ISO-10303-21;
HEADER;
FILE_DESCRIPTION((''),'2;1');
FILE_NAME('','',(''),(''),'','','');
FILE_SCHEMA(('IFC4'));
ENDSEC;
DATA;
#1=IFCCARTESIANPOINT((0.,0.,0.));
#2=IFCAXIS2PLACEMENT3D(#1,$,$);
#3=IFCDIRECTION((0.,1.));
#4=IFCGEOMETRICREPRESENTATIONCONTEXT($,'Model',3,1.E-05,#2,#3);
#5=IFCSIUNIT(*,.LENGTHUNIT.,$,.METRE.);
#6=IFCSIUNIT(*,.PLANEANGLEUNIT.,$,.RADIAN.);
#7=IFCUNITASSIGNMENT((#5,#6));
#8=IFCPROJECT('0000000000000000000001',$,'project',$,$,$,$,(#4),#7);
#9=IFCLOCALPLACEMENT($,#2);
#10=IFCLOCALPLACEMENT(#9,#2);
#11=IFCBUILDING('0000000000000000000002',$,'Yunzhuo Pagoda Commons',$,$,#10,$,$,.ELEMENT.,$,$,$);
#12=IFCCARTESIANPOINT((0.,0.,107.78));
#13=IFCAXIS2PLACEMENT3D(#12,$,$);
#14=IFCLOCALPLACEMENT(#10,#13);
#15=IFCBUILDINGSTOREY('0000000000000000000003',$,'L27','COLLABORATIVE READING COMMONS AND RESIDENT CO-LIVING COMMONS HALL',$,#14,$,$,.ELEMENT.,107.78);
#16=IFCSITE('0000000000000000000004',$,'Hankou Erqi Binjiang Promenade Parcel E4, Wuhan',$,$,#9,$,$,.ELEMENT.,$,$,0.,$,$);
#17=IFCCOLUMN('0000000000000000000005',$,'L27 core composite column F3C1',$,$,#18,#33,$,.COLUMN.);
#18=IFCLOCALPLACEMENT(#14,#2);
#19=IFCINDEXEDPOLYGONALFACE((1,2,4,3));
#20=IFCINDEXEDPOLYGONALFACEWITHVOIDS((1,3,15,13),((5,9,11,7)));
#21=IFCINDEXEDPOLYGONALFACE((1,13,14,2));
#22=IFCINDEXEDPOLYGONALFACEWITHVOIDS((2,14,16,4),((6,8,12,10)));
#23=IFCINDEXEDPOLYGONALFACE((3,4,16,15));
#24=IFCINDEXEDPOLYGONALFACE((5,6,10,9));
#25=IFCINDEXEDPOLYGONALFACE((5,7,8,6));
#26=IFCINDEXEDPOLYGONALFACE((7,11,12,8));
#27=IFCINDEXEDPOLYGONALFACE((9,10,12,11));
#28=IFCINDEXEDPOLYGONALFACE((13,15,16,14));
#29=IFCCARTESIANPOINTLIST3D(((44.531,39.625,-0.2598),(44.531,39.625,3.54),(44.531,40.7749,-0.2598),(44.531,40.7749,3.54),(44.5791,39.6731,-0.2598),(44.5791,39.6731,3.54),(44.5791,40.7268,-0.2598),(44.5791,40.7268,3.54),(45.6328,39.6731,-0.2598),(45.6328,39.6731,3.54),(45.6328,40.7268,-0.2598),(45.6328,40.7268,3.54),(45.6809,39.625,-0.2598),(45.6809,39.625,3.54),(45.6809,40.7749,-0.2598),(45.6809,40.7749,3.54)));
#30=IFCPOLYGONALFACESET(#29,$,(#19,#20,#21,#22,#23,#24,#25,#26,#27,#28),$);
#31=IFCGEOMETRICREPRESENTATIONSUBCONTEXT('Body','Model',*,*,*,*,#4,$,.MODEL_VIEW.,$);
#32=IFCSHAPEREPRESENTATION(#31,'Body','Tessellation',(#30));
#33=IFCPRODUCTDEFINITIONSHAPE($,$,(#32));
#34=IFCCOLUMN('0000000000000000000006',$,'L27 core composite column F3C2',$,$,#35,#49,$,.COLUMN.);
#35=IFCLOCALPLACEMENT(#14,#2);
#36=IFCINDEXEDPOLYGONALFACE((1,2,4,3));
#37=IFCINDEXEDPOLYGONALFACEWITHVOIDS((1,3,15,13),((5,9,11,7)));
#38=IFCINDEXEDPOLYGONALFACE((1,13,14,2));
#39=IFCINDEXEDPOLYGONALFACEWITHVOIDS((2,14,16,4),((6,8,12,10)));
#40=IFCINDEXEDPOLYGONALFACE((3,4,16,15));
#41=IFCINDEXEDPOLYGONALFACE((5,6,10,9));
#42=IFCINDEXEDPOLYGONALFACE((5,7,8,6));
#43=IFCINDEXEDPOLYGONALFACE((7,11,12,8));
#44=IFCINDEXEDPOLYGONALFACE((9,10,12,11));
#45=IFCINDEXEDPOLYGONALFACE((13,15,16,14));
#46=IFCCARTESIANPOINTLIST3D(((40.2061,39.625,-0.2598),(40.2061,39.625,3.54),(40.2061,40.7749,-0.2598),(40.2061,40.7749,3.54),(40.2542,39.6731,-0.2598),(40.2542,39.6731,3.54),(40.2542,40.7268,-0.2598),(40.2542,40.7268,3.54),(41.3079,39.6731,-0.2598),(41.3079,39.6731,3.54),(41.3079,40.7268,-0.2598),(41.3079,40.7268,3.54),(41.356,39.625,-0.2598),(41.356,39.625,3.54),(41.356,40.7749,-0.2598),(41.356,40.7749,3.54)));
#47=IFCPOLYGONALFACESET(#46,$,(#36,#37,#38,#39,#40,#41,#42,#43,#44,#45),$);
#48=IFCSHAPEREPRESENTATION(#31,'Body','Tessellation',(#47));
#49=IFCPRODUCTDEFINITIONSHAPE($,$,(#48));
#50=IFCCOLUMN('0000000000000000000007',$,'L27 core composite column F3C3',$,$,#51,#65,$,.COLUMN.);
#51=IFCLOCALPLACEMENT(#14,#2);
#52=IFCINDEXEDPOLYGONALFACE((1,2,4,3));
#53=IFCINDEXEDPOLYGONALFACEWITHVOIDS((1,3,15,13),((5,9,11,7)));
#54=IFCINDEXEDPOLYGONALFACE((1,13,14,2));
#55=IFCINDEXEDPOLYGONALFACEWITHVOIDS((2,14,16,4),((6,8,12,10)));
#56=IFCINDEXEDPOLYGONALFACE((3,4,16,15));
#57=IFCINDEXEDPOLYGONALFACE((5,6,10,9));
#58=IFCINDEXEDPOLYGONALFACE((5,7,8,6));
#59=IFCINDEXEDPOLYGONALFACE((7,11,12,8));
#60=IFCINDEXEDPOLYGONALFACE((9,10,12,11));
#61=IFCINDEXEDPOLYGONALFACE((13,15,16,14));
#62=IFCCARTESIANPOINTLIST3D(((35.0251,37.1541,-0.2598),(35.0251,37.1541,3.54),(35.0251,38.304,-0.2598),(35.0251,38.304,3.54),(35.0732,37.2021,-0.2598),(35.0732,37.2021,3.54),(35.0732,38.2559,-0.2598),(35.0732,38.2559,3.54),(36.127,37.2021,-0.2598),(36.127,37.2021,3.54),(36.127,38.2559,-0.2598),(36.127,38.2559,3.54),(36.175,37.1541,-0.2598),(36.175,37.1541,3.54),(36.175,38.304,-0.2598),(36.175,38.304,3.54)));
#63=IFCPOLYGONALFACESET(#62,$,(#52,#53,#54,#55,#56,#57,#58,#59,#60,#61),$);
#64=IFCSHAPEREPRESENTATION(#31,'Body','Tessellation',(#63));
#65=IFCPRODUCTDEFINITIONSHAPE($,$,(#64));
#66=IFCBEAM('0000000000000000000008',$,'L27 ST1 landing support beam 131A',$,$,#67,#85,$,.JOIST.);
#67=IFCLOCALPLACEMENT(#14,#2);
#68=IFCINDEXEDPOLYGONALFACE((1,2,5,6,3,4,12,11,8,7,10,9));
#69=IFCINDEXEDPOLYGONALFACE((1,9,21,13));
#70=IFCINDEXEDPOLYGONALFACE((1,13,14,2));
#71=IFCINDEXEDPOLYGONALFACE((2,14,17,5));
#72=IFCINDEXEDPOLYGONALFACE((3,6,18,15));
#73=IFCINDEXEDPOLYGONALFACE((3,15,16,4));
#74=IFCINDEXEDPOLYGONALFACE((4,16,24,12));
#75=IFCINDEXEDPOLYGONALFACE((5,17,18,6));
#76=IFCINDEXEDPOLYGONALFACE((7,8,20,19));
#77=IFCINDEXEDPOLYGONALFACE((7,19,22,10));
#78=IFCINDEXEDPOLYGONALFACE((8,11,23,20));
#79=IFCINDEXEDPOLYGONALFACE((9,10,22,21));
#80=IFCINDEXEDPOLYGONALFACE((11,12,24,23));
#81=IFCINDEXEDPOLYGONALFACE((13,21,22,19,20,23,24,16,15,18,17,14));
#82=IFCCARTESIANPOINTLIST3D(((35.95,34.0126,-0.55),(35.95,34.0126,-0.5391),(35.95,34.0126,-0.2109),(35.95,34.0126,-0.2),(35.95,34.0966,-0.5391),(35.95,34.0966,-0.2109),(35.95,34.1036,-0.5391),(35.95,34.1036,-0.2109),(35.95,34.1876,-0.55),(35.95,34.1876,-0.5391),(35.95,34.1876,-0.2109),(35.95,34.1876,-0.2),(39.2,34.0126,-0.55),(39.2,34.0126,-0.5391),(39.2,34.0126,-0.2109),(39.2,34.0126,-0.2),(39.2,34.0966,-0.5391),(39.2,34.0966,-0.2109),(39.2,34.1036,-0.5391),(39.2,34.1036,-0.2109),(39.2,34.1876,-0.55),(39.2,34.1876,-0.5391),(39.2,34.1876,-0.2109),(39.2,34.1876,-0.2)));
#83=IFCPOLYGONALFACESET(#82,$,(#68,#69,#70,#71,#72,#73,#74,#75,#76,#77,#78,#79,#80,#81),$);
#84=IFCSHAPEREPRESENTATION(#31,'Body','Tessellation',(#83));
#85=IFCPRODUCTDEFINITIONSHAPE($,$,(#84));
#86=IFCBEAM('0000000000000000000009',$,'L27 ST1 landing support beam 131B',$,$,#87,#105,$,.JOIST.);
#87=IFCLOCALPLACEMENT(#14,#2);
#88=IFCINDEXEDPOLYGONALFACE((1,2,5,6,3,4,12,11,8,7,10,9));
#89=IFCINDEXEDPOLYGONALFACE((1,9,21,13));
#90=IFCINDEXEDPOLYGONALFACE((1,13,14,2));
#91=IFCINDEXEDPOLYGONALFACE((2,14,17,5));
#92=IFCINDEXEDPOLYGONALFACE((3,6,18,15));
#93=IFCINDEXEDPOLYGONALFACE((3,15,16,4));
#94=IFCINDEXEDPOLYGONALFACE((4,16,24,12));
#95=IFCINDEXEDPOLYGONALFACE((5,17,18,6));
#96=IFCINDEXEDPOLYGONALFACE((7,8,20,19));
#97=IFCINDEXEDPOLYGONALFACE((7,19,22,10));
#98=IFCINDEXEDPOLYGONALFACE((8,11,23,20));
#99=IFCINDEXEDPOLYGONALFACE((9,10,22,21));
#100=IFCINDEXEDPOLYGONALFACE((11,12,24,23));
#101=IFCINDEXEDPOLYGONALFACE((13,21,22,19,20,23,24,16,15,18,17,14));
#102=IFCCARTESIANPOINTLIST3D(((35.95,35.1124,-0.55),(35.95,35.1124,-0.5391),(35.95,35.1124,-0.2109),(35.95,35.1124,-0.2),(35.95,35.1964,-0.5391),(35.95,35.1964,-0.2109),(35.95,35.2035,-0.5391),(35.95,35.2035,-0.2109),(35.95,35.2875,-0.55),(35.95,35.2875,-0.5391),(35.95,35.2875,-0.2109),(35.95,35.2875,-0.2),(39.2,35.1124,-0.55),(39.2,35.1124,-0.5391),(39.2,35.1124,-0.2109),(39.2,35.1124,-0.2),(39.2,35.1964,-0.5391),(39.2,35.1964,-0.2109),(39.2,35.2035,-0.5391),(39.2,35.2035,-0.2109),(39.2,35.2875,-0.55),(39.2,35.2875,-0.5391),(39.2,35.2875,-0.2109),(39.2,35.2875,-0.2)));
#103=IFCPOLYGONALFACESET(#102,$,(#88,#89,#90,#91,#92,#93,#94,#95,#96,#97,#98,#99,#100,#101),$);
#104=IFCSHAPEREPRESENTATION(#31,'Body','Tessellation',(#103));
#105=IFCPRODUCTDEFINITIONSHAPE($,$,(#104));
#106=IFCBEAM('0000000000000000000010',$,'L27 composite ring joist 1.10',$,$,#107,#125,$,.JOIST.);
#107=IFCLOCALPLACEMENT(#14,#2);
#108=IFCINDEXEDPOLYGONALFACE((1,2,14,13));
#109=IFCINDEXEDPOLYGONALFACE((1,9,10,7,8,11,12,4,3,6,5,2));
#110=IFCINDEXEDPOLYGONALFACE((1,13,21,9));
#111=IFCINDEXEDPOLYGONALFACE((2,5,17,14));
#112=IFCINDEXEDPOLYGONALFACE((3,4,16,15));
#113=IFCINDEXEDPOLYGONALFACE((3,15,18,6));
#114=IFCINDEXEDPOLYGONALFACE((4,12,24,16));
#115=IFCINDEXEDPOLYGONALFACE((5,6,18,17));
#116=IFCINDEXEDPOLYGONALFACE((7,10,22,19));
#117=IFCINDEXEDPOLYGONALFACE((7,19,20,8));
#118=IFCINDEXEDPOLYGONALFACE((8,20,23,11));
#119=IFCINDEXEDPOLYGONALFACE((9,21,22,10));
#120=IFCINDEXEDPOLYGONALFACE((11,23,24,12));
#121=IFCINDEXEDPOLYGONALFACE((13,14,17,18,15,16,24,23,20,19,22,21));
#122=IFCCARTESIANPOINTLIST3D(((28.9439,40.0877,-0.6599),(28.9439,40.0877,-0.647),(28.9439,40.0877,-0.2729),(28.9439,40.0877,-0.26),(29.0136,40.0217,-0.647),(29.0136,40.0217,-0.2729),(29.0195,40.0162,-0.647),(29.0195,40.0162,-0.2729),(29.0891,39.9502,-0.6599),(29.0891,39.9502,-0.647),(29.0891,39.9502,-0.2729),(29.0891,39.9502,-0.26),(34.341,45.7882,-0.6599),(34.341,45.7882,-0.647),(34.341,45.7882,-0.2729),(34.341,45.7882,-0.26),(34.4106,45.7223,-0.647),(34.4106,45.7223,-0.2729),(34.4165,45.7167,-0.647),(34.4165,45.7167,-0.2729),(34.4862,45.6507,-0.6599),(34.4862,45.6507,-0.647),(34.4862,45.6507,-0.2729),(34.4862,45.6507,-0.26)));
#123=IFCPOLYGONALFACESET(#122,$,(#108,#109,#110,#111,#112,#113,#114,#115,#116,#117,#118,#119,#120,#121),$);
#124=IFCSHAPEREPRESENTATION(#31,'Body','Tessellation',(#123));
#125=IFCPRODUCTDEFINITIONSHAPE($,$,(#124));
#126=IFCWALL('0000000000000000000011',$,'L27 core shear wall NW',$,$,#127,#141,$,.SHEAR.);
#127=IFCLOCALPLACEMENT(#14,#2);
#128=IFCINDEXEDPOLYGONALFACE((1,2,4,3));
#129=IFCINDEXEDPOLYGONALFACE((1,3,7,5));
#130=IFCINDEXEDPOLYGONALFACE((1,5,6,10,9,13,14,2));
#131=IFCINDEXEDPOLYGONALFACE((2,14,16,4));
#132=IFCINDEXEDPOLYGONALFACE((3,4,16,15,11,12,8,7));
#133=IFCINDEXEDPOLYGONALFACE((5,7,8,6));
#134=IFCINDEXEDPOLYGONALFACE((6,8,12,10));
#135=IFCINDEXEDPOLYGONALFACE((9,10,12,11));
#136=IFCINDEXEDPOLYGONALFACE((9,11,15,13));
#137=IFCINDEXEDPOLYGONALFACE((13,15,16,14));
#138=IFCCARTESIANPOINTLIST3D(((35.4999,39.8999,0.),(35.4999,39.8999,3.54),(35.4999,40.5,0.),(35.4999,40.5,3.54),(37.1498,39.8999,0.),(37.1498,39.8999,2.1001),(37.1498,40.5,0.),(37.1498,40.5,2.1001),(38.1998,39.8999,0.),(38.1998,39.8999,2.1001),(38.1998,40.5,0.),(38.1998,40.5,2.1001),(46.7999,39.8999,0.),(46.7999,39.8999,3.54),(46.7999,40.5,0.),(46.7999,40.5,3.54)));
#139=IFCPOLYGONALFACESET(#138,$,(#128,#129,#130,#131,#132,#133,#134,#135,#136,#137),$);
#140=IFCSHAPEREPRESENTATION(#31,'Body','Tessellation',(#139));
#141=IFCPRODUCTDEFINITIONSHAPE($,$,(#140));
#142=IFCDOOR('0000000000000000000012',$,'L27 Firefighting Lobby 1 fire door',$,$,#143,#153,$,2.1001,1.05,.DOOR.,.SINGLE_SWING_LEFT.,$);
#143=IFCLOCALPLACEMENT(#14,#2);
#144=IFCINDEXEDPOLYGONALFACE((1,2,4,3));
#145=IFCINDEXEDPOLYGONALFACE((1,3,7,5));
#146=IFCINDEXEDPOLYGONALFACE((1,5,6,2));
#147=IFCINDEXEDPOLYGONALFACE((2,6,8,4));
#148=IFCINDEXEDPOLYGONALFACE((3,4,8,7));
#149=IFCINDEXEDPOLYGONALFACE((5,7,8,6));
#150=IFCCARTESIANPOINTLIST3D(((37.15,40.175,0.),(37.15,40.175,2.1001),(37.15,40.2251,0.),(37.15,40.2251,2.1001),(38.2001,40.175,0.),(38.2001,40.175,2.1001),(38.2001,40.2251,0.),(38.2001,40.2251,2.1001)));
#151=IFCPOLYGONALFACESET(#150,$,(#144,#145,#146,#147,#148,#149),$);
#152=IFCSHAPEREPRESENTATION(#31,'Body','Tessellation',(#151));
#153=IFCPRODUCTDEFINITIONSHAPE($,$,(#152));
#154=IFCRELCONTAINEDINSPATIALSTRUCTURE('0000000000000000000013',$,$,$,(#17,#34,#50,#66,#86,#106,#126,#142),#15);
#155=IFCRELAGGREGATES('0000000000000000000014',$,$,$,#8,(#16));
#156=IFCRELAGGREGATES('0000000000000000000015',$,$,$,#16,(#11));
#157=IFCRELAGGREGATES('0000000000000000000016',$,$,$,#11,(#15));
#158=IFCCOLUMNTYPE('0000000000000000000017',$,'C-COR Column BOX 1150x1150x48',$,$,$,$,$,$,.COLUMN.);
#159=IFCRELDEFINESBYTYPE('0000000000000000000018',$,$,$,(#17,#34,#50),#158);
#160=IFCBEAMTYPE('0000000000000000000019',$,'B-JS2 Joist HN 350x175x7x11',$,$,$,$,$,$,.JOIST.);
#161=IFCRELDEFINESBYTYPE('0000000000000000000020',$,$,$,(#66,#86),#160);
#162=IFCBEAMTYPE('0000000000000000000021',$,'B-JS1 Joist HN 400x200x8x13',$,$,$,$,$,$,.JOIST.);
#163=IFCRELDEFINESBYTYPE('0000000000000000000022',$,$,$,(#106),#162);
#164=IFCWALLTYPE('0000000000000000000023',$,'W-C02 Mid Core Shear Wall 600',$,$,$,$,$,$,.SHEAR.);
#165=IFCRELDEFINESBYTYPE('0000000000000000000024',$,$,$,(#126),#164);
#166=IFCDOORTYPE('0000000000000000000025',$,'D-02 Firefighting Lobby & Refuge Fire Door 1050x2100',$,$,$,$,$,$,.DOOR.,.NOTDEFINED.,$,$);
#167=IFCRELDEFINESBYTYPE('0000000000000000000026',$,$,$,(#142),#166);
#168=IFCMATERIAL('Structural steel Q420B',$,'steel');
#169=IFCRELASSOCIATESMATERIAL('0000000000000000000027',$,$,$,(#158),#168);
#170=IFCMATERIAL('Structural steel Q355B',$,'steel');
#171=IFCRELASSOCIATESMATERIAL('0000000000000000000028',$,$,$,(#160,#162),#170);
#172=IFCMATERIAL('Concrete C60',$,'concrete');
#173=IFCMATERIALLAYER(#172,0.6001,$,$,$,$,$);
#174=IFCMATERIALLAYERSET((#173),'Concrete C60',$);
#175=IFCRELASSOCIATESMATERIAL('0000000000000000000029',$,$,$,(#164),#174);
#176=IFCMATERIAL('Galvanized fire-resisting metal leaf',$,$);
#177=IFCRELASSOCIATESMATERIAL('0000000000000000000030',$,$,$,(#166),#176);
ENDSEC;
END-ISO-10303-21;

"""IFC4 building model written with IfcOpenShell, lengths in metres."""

from ifc_helpers import new_model, si_unit, direction, frame, frame_2d, origin, origin_2d, place, context, subcontext, project, spatial, rectangle, hollow_rectangle, i_section, extrude, source, transform, mapped, material, layer, layer_set, material_profile, profile_set, type_object, element, fill, save


model = new_model("IFC4")

# Units and contexts
model_context = context("Model", 3, precision=1e-05, world=origin(), true_north=direction((0.0, 1.0)))
body_context = subcontext(model_context, "Body", "Model", "MODEL_VIEW")
ifc_project = project(units=[si_unit("LENGTHUNIT", "METRE"), si_unit("PLANEANGLEUNIT", "RADIAN")], contexts=[model_context])

# Site, building, storey
site_placement = place(None, origin())
site = spatial("IfcSite", under=ifc_project, at=site_placement, Name="Hankou Erqi Binjiang Promenade Parcel E4, Wuhan", CompositionType="ELEMENT", RefElevation=0.0)
building_placement = place(site_placement, origin())
building = spatial("IfcBuilding", under=site, at=building_placement, Name="Yunzhuo Pagoda Commons", CompositionType="ELEMENT")
storey_placement = place(building_placement, frame((0.0, 0.0, 107.78)))
storey = spatial("IfcBuildingStorey", under=building, at=storey_placement, Name="L27", Description="COLLABORATIVE READING COMMONS AND RESIDENT CO-LIVING COMMONS HALL", CompositionType="ELEMENT", Elevation=107.78)

# Columns
ifc_material_1 = material(Name="Structural steel Q420B", Category="steel")
ifc_material_profile_1 = material_profile(ifc_material_1, hollow_rectangle(XDim=1.1499, YDim=1.1499, WallThickness=0.0481, at=origin_2d()), Name="Structural steel Q420B")
ifc_profile_set_1 = profile_set([ifc_material_profile_1], Name="Structural steel Q420B")
column_type = type_object("IfcColumnType", Name="C-COR Column BOX 1150x1150x48", PredefinedType="COLUMN", material=ifc_profile_set_1)
shared_shape_1 = source(origin(), body_context, "Body", "SweptSolid", [
    extrude(hollow_rectangle(XDim=1.1499, YDim=1.1499, WallThickness=0.0481, at=origin_2d()), origin(), (0.0, 0.0, 1.0), 3.7998),
])
for number, where, z_axis, x_axis, name in (
    (1, (45.106, 40.2, -0.2598), (0.0, 0.0, 1.0), (1.0, 0.0, 0.0), "L27 core composite column F3C1"),
    (2, (40.781, 40.2, -0.2598), (0.0, 0.0, 1.0), (1.0, 0.0, 0.0), "L27 core composite column F3C2"),
    (3, (35.6001, 37.729, -0.2598), (0.0, 0.0, 1.0), (1.0, 0.0, 0.0), "L27 core composite column F3C3"),
):
    element("IfcColumn", number, at=place(storey_placement, frame(where, z_axis=z_axis, x_axis=x_axis)), inside=storey, type_object=column_type, Name=name, PredefinedType="COLUMN", context=body_context, shape_type="MappedRepresentation", body=[
        mapped(shared_shape_1, transform((0.0, 0.0, 0.0), scale=1.0)),
    ])

# Beams
ifc_material_2 = material(Name="Structural steel Q355B", Category="steel")
ifc_material_profile_2 = material_profile(ifc_material_2, i_section(OverallWidth=0.175, OverallDepth=0.3501, WebThickness=0.0071, FlangeThickness=0.011, at=origin_2d()), Name="Structural steel Q355B")
ifc_profile_set_2 = profile_set([ifc_material_profile_2], Name="Structural steel Q355B")
beam_type_1 = type_object("IfcBeamType", Name="B-JS2 Joist HN 350x175x7x11", PredefinedType="JOIST", material=ifc_profile_set_2)
shared_shape_2 = source(origin(), body_context, "Body", "SweptSolid", [
    extrude(i_section(OverallWidth=0.175, OverallDepth=0.3501, WebThickness=0.0071, FlangeThickness=0.011, at=origin_2d()), origin(), (0.0, 0.0, 1.0), 3.25),
])
for number, where, z_axis, x_axis, name in (
    (4, (35.95, 34.1001, -0.375), (1.0, 0.0, 0.0), (0.0, 1.0, 0.0), "L27 ST1 landing support beam 131A"),
    (5, (35.95, 35.2, -0.375), (1.0, 0.0, 0.0), (0.0, 1.0, 0.0), "L27 ST1 landing support beam 131B"),
):
    element("IfcBeam", number, at=place(storey_placement, frame(where, z_axis=z_axis, x_axis=x_axis)), inside=storey, type_object=beam_type_1, Name=name, PredefinedType="JOIST", context=body_context, shape_type="MappedRepresentation", body=[
        mapped(shared_shape_2, transform((0.0, 0.0, 0.0), scale=1.0)),
    ])
ifc_material_profile_3 = material_profile(ifc_material_2, i_section(OverallWidth=0.2, OverallDepth=0.3999, WebThickness=0.0081, FlangeThickness=0.0129, at=origin_2d()), Name="Structural steel Q355B")
ifc_profile_set_3 = profile_set([ifc_material_profile_3], Name="Structural steel Q355B")
beam_type_2 = type_object("IfcBeamType", Name="B-JS1 Joist HN 400x200x8x13", PredefinedType="JOIST", material=ifc_profile_set_3)
shared_shape_3 = source(origin(), body_context, "Body", "SweptSolid", [
    extrude(i_section(OverallWidth=0.2, OverallDepth=0.3999, WebThickness=0.0081, FlangeThickness=0.0129, at=origin_2d()), origin(), (0.0, 0.0, 1.0), 7.8501),
])
beam_placement = place(storey_placement, frame((34.4136, 45.7195, -0.46), z_axis=(-0.687513, -0.726172, 0.0), x_axis=(0.726172, -0.687513, 0.0)))
element("IfcBeam", 6, at=beam_placement, inside=storey, type_object=beam_type_2, Name="L27 composite ring joist 1.10", PredefinedType="JOIST", context=body_context, shape_type="MappedRepresentation", body=[
    mapped(shared_shape_3, transform((0.0, 0.0, 0.0), scale=1.0)),
])

# Wall, opening, door
ifc_material_3 = material(Name="Concrete C60", Category="concrete")
ifc_layer_1 = layer(ifc_material_3, 0.6001)
ifc_layer_set_1 = layer_set([ifc_layer_1], Name="Concrete C60")
wall_type_1 = type_object("IfcWallType", Name="W-C02 Mid Core Shear Wall 600", PredefinedType="SHEAR", material=ifc_layer_set_1)
wall_1_placement = place(storey_placement, frame((35.5, 40.2, 0.0), z_axis=(0.0, 0.0, 1.0), x_axis=(1.0, 0.0, 0.0)))
wall_1 = element("IfcWall", 7, at=wall_1_placement, inside=storey, type_object=wall_type_1, Name="L27 core shear wall NW", PredefinedType="SHEAR", context=body_context, shape_type="SweptSolid", body=[
    extrude(rectangle(XDim=11.3, YDim=0.6001, at=frame_2d((5.6499, 0.0))), origin(), (0.0, 0.0, 1.0), 3.54),
])
opening_1_placement = place(wall_1_placement, frame((1.6499, 0.0, 0.0)))
opening_1 = element("IfcOpeningElement", 8, at=opening_1_placement, cuts=wall_1, PredefinedType="OPENING", context=body_context, shape_type="SweptSolid", body=[
    extrude(rectangle(XDim=1.05, YDim=2.1001, at=frame_2d((0.5249, 1.05))), frame((0.0, 0.3101, 0.0), z_axis=(0.0, -1.0, 0.0), x_axis=(1.0, 0.0, 0.0)), (0.0, 0.0, 1.0), 0.6201),
])
ifc_material_4 = material(Name="Galvanized fire-resisting metal leaf")
door_type_1 = type_object("IfcDoorType", Name="D-02 Firefighting Lobby & Refuge Fire Door 1050x2100", OperationType="NOTDEFINED", PredefinedType="DOOR", material=ifc_material_4)
shared_shape_4 = source(origin(), body_context, "Body", "SweptSolid", [
    extrude(rectangle(XDim=1.05, YDim=2.1001, at=frame_2d((0.5249, 1.05))), frame((0.0, 0.0249, 0.0), z_axis=(0.0, -1.0, 0.0), x_axis=(1.0, 0.0, 0.0)), (0.0, 0.0, 1.0), 0.05),
])
door_1_placement = place(opening_1_placement, frame((1.05, 0.0, 0.0), z_axis=(0.0, 0.0, 1.0), x_axis=(-1.0, 0.0, 0.0)))
door_1 = element("IfcDoor", 9, at=door_1_placement, inside=storey, type_object=door_type_1, Name="L27 Firefighting Lobby 1 fire door", OperationType="SINGLE_SWING_LEFT", OverallHeight=2.1001, OverallWidth=1.05, PredefinedType="DOOR", context=body_context, shape_type="MappedRepresentation", body=[
    mapped(shared_shape_4, transform((0.0, 0.0, 0.0), scale=1.0)),
])
fill(opening_1, door_1)

save(model, "model.ifc")
